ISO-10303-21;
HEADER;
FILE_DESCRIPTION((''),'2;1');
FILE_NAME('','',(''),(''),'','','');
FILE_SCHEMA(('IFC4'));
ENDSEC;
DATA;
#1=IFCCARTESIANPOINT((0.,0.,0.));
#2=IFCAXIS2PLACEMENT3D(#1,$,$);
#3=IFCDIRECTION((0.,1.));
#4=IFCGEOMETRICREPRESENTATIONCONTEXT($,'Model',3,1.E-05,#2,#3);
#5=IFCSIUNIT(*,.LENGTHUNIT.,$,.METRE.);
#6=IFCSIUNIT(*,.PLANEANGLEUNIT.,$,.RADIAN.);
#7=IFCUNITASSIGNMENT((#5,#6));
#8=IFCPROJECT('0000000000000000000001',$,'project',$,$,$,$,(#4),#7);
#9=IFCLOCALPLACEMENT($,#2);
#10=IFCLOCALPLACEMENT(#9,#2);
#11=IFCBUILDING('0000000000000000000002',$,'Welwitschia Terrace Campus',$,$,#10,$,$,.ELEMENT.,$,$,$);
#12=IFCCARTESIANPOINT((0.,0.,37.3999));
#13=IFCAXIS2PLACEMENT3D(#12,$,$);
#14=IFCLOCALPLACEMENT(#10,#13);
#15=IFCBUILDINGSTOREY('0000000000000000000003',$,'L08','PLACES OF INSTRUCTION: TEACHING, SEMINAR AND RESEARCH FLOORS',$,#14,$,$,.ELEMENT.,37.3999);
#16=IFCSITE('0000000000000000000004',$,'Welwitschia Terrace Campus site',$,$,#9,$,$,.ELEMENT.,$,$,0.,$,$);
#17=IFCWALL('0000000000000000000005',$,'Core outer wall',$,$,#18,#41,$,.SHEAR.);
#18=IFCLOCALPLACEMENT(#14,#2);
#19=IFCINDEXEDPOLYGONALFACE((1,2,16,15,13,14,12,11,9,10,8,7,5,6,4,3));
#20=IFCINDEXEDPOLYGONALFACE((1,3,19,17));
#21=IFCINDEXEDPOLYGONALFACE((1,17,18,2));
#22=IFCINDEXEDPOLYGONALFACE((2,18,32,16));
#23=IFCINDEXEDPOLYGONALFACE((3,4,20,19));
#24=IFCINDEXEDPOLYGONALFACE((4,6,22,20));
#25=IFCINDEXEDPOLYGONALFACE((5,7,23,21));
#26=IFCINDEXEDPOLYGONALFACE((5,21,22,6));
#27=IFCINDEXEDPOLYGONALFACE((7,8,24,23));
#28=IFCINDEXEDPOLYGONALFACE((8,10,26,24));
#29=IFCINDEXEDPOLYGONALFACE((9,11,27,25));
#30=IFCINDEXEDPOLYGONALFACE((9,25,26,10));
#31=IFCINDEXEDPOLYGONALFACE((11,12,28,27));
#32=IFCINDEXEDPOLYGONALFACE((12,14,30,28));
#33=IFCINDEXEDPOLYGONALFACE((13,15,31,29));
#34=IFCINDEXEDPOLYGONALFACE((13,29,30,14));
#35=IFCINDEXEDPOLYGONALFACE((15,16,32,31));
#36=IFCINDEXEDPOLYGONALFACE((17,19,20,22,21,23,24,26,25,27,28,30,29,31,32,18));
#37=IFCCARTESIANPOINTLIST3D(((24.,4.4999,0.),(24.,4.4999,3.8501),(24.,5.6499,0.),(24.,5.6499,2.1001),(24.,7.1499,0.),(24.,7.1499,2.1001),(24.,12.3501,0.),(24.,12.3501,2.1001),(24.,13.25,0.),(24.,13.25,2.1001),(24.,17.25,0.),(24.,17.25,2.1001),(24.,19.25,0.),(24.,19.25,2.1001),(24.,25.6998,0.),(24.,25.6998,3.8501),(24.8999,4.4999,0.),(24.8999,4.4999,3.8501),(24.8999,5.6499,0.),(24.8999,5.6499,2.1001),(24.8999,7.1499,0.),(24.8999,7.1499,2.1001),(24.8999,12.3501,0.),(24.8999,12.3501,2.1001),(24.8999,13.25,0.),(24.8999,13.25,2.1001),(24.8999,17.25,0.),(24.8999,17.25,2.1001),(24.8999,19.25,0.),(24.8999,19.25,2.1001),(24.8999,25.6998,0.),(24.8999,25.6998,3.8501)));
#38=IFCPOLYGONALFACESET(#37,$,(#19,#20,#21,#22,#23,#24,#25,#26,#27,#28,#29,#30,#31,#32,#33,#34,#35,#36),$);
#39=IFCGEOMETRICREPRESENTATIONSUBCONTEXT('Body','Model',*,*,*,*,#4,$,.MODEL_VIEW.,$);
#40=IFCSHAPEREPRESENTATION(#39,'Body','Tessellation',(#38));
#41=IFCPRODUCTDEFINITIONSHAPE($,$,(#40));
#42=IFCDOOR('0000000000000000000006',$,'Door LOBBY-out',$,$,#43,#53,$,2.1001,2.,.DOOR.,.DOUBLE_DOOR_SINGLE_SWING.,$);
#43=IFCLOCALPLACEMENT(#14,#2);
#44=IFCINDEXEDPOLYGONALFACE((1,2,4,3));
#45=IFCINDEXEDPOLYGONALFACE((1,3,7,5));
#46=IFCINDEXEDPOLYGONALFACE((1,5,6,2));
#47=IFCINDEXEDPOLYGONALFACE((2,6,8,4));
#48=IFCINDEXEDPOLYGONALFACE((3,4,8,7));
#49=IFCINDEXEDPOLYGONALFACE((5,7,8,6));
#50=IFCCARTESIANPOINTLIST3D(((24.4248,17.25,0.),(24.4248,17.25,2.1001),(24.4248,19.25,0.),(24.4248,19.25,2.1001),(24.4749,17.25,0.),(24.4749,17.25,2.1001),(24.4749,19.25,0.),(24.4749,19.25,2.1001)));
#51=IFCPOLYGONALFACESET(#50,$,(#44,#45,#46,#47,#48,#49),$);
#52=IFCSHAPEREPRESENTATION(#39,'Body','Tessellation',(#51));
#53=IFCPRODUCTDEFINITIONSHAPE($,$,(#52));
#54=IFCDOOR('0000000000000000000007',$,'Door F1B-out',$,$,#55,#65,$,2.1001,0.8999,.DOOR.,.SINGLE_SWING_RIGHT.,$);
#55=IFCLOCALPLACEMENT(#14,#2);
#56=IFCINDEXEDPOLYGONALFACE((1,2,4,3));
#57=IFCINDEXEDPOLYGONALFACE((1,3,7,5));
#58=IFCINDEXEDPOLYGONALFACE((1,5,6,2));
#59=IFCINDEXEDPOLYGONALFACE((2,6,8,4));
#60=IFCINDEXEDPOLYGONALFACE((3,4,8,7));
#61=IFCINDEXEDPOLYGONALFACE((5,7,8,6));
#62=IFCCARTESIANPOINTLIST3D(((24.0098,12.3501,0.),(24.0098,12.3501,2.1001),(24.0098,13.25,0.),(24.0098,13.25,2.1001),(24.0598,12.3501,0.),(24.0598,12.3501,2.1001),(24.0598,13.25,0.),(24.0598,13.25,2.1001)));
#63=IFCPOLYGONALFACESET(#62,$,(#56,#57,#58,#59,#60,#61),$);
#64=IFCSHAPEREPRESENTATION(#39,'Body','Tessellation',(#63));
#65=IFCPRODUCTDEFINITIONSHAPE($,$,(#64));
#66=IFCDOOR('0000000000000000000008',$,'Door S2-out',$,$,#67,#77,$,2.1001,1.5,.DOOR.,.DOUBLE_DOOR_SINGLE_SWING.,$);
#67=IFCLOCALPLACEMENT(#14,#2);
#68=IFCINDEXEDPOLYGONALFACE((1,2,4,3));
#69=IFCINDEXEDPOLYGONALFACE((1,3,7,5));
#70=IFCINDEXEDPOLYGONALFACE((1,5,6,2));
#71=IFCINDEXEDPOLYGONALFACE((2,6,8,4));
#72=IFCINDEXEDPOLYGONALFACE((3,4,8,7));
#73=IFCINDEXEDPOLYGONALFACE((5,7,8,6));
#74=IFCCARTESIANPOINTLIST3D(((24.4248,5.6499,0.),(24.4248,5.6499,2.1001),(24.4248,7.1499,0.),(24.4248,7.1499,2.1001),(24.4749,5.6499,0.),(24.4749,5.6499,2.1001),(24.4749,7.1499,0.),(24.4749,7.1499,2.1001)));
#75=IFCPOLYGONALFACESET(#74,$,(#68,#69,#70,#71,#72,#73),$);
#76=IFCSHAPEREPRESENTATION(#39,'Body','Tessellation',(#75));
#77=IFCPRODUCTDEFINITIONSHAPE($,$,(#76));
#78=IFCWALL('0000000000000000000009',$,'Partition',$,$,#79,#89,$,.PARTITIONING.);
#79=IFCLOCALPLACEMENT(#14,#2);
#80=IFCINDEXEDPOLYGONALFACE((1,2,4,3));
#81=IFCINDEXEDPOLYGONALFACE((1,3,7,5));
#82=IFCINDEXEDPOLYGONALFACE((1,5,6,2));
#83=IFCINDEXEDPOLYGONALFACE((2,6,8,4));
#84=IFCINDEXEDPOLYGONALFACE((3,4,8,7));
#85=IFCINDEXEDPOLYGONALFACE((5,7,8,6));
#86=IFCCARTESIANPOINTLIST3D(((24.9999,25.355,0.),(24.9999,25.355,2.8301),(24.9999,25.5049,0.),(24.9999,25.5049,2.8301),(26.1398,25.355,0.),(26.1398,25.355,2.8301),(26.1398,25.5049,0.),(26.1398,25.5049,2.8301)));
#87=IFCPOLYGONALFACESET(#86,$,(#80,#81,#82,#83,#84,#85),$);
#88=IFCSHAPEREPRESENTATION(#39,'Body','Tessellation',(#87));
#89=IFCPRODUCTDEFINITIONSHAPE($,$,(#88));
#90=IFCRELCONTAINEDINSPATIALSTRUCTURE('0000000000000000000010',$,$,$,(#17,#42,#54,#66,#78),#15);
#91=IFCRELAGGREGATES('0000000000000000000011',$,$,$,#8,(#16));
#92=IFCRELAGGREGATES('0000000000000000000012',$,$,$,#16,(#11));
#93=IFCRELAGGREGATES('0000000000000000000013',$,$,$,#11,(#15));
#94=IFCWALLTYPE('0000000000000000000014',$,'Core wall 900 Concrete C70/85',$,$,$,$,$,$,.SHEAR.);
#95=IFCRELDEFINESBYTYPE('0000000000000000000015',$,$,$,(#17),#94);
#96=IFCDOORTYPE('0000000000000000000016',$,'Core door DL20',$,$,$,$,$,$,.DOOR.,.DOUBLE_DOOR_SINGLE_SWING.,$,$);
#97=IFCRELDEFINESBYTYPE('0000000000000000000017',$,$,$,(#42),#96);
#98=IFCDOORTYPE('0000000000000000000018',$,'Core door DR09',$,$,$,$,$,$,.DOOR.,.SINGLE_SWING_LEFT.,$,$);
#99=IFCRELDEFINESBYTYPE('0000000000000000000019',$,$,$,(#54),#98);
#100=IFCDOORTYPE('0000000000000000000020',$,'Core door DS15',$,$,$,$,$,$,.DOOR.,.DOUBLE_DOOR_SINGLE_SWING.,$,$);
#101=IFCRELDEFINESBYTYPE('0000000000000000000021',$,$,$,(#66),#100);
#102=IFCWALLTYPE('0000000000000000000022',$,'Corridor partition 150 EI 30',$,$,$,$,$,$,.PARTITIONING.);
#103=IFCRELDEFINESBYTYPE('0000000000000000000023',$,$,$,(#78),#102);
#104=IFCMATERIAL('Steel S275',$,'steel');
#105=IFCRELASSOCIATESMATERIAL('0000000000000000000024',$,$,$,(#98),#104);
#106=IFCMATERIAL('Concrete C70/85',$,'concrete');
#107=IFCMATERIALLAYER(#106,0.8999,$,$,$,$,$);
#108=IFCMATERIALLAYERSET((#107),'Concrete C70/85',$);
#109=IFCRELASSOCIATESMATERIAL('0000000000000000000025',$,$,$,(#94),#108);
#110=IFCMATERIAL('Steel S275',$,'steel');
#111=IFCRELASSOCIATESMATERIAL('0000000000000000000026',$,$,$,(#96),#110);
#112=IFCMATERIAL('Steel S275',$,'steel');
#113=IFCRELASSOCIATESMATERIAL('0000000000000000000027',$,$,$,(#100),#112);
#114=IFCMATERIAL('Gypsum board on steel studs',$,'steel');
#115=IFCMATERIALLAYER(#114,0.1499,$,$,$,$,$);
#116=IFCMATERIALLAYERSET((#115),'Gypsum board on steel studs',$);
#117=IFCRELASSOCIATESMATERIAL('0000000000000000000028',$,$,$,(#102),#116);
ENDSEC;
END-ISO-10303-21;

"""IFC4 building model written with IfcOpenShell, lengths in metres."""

from ifc_helpers import new_model, si_unit, direction, frame, frame_2d, origin, place, context, subcontext, project, spatial, rectangle, extrude, material, layer, layer_set, type_object, element, fill, save


model = new_model("IFC4")

# Units and contexts
model_context = context("Model", 3, precision=1e-05, world=origin(), true_north=direction((0.0, 1.0)))
body_context = subcontext(model_context, "Body", "Model", "MODEL_VIEW")
ifc_project = project(units=[si_unit("LENGTHUNIT", "METRE"), si_unit("PLANEANGLEUNIT", "RADIAN")], contexts=[model_context])

# Site, building, storey
site_placement = place(None, origin())
site = spatial("IfcSite", under=ifc_project, at=site_placement, Name="Welwitschia Terrace Campus site", CompositionType="ELEMENT", RefElevation=0.0)
building_placement = place(site_placement, origin())
building = spatial("IfcBuilding", under=site, at=building_placement, Name="Welwitschia Terrace Campus", CompositionType="ELEMENT")
storey_placement = place(building_placement, frame((0.0, 0.0, 37.3999)))
storey = spatial("IfcBuildingStorey", under=building, at=storey_placement, Name="L08", Description="PLACES OF INSTRUCTION: TEACHING, SEMINAR AND RESEARCH FLOORS", CompositionType="ELEMENT", Elevation=37.3999)

# Shared definitions
ifc_material_1 = material(Name="Steel S275", Category="steel")
door_type_1 = type_object("IfcDoorType", Name="Core door DR09", OperationType="SINGLE_SWING_LEFT", PredefinedType="DOOR", material=ifc_material_1)

# Wall, openings, doors
ifc_material_2 = material(Name="Concrete C70/85", Category="concrete")
ifc_layer_1 = layer(ifc_material_2, 0.8999)
ifc_layer_set_1 = layer_set([ifc_layer_1], Name="Concrete C70/85")
wall_type_1 = type_object("IfcWallType", Name="Core wall 900 Concrete C70/85", PredefinedType="SHEAR", material=ifc_layer_set_1)
wall_1_placement = place(storey_placement, frame((24.45, 25.7, 0.0), z_axis=(0.0, 0.0, 1.0), x_axis=(0.0, -1.0, 0.0)))
wall_1 = element("IfcWall", 1, at=wall_1_placement, inside=storey, type_object=wall_type_1, Name="Core outer wall", PredefinedType="SHEAR", context=body_context, shape_type="SweptSolid", body=[
    extrude(rectangle(XDim=21.2, YDim=0.8999, at=frame_2d((10.6001, 0.0))), origin(), (0.0, 0.0, 1.0), 3.8501),
])
opening_1_placement = place(wall_1_placement, frame((18.55, 0.0, 0.0)))
opening_1 = element("IfcOpeningElement", 2, at=opening_1_placement, cuts=wall_1, PredefinedType="OPENING", context=body_context, shape_type="SweptSolid", body=[
    extrude(rectangle(XDim=1.5, YDim=2.1001, at=frame_2d((0.75, 1.05))), frame((0.0, 0.46, 0.0), z_axis=(0.0, -1.0, 0.0), x_axis=(1.0, 0.0, 0.0)), (0.0, 0.0, 1.0), 0.9199),
])
opening_2_placement = place(wall_1_placement, frame((12.45, 0.0, 0.0)))
opening_2 = element("IfcOpeningElement", 3, at=opening_2_placement, cuts=wall_1, PredefinedType="OPENING", context=body_context, shape_type="SweptSolid", body=[
    extrude(rectangle(XDim=0.8999, YDim=2.1001, at=frame_2d((0.45, 1.05))), frame((0.0, 0.46, 0.0), z_axis=(0.0, -1.0, 0.0), x_axis=(1.0, 0.0, 0.0)), (0.0, 0.0, 1.0), 0.9199),
])
opening_3_placement = place(wall_1_placement, frame((6.45, 0.0, 0.0)))
opening_3 = element("IfcOpeningElement", 4, at=opening_3_placement, cuts=wall_1, PredefinedType="OPENING", context=body_context, shape_type="SweptSolid", body=[
    extrude(rectangle(XDim=2.0, YDim=2.1001, at=frame_2d((1.0, 1.05))), frame((0.0, 0.46, 0.0), z_axis=(0.0, -1.0, 0.0), x_axis=(1.0, 0.0, 0.0)), (0.0, 0.0, 1.0), 0.9199),
])
ifc_material_3 = material(Name="Steel S275", Category="steel")
door_type_2 = type_object("IfcDoorType", Name="Core door DL20", OperationType="DOUBLE_DOOR_SINGLE_SWING", PredefinedType="DOOR", material=ifc_material_3)
door_1_placement = place(opening_3_placement, origin())
door_1 = element("IfcDoor", 5, at=door_1_placement, inside=storey, type_object=door_type_2, Name="Door LOBBY-out", OperationType="DOUBLE_DOOR_SINGLE_SWING", OverallHeight=2.1001, OverallWidth=2.0, PredefinedType="DOOR", context=body_context, shape_type="SweptSolid", body=[
    extrude(rectangle(XDim=2.0, YDim=2.1001, at=frame_2d((1.0, 1.05))), frame((0.0, 0.0249, 0.0), z_axis=(0.0, -1.0, 0.0), x_axis=(1.0, 0.0, 0.0)), (0.0, 0.0, 1.0), 0.05),
])
fill(opening_3, door_1)
door_2_placement = place(opening_2_placement, origin())
door_2 = element("IfcDoor", 6, at=door_2_placement, inside=storey, type_object=door_type_1, Name="Door F1B-out", OperationType="SINGLE_SWING_RIGHT", OverallHeight=2.1001, OverallWidth=0.8999, PredefinedType="DOOR", context=body_context, shape_type="SweptSolid", body=[
    extrude(rectangle(XDim=0.8999, YDim=2.1001, at=frame_2d((0.45, 1.05))), frame((0.0, -0.3901, 0.0), z_axis=(0.0, -1.0, 0.0), x_axis=(1.0, 0.0, 0.0)), (0.0, 0.0, 1.0), 0.05),
])
fill(opening_2, door_2)
ifc_material_4 = material(Name="Steel S275", Category="steel")
door_type_3 = type_object("IfcDoorType", Name="Core door DS15", OperationType="DOUBLE_DOOR_SINGLE_SWING", PredefinedType="DOOR", material=ifc_material_4)
door_3_placement = place(opening_1_placement, origin())
door_3 = element("IfcDoor", 7, at=door_3_placement, inside=storey, type_object=door_type_3, Name="Door S2-out", OperationType="DOUBLE_DOOR_SINGLE_SWING", OverallHeight=2.1001, OverallWidth=1.5, PredefinedType="DOOR", context=body_context, shape_type="SweptSolid", body=[
    extrude(rectangle(XDim=1.5, YDim=2.1001, at=frame_2d((0.75, 1.05))), frame((0.0, 0.0249, 0.0), z_axis=(0.0, -1.0, 0.0), x_axis=(1.0, 0.0, 0.0)), (0.0, 0.0, 1.0), 0.05),
])
fill(opening_1, door_3)

# Wall
ifc_material_5 = material(Name="Gypsum board on steel studs", Category="steel")
ifc_layer_2 = layer(ifc_material_5, 0.1499)
ifc_layer_set_2 = layer_set([ifc_layer_2], Name="Gypsum board on steel studs")
wall_type_2 = type_object("IfcWallType", Name="Corridor partition 150 EI 30", PredefinedType="PARTITIONING", material=ifc_layer_set_2)
wall_2_placement = place(storey_placement, frame((25.0, 25.4299, 0.0), z_axis=(0.0, 0.0, 1.0), x_axis=(1.0, 0.0, 0.0)))
element("IfcWall", 8, at=wall_2_placement, inside=storey, type_object=wall_type_2, Name="Partition", PredefinedType="PARTITIONING", context=body_context, shape_type="SweptSolid", body=[
    extrude(rectangle(XDim=1.1399, YDim=0.1499, at=frame_2d((0.5698, 0.0))), origin(), (0.0, 0.0, 1.0), 2.8301),
])

save(model, "model.ifc")
